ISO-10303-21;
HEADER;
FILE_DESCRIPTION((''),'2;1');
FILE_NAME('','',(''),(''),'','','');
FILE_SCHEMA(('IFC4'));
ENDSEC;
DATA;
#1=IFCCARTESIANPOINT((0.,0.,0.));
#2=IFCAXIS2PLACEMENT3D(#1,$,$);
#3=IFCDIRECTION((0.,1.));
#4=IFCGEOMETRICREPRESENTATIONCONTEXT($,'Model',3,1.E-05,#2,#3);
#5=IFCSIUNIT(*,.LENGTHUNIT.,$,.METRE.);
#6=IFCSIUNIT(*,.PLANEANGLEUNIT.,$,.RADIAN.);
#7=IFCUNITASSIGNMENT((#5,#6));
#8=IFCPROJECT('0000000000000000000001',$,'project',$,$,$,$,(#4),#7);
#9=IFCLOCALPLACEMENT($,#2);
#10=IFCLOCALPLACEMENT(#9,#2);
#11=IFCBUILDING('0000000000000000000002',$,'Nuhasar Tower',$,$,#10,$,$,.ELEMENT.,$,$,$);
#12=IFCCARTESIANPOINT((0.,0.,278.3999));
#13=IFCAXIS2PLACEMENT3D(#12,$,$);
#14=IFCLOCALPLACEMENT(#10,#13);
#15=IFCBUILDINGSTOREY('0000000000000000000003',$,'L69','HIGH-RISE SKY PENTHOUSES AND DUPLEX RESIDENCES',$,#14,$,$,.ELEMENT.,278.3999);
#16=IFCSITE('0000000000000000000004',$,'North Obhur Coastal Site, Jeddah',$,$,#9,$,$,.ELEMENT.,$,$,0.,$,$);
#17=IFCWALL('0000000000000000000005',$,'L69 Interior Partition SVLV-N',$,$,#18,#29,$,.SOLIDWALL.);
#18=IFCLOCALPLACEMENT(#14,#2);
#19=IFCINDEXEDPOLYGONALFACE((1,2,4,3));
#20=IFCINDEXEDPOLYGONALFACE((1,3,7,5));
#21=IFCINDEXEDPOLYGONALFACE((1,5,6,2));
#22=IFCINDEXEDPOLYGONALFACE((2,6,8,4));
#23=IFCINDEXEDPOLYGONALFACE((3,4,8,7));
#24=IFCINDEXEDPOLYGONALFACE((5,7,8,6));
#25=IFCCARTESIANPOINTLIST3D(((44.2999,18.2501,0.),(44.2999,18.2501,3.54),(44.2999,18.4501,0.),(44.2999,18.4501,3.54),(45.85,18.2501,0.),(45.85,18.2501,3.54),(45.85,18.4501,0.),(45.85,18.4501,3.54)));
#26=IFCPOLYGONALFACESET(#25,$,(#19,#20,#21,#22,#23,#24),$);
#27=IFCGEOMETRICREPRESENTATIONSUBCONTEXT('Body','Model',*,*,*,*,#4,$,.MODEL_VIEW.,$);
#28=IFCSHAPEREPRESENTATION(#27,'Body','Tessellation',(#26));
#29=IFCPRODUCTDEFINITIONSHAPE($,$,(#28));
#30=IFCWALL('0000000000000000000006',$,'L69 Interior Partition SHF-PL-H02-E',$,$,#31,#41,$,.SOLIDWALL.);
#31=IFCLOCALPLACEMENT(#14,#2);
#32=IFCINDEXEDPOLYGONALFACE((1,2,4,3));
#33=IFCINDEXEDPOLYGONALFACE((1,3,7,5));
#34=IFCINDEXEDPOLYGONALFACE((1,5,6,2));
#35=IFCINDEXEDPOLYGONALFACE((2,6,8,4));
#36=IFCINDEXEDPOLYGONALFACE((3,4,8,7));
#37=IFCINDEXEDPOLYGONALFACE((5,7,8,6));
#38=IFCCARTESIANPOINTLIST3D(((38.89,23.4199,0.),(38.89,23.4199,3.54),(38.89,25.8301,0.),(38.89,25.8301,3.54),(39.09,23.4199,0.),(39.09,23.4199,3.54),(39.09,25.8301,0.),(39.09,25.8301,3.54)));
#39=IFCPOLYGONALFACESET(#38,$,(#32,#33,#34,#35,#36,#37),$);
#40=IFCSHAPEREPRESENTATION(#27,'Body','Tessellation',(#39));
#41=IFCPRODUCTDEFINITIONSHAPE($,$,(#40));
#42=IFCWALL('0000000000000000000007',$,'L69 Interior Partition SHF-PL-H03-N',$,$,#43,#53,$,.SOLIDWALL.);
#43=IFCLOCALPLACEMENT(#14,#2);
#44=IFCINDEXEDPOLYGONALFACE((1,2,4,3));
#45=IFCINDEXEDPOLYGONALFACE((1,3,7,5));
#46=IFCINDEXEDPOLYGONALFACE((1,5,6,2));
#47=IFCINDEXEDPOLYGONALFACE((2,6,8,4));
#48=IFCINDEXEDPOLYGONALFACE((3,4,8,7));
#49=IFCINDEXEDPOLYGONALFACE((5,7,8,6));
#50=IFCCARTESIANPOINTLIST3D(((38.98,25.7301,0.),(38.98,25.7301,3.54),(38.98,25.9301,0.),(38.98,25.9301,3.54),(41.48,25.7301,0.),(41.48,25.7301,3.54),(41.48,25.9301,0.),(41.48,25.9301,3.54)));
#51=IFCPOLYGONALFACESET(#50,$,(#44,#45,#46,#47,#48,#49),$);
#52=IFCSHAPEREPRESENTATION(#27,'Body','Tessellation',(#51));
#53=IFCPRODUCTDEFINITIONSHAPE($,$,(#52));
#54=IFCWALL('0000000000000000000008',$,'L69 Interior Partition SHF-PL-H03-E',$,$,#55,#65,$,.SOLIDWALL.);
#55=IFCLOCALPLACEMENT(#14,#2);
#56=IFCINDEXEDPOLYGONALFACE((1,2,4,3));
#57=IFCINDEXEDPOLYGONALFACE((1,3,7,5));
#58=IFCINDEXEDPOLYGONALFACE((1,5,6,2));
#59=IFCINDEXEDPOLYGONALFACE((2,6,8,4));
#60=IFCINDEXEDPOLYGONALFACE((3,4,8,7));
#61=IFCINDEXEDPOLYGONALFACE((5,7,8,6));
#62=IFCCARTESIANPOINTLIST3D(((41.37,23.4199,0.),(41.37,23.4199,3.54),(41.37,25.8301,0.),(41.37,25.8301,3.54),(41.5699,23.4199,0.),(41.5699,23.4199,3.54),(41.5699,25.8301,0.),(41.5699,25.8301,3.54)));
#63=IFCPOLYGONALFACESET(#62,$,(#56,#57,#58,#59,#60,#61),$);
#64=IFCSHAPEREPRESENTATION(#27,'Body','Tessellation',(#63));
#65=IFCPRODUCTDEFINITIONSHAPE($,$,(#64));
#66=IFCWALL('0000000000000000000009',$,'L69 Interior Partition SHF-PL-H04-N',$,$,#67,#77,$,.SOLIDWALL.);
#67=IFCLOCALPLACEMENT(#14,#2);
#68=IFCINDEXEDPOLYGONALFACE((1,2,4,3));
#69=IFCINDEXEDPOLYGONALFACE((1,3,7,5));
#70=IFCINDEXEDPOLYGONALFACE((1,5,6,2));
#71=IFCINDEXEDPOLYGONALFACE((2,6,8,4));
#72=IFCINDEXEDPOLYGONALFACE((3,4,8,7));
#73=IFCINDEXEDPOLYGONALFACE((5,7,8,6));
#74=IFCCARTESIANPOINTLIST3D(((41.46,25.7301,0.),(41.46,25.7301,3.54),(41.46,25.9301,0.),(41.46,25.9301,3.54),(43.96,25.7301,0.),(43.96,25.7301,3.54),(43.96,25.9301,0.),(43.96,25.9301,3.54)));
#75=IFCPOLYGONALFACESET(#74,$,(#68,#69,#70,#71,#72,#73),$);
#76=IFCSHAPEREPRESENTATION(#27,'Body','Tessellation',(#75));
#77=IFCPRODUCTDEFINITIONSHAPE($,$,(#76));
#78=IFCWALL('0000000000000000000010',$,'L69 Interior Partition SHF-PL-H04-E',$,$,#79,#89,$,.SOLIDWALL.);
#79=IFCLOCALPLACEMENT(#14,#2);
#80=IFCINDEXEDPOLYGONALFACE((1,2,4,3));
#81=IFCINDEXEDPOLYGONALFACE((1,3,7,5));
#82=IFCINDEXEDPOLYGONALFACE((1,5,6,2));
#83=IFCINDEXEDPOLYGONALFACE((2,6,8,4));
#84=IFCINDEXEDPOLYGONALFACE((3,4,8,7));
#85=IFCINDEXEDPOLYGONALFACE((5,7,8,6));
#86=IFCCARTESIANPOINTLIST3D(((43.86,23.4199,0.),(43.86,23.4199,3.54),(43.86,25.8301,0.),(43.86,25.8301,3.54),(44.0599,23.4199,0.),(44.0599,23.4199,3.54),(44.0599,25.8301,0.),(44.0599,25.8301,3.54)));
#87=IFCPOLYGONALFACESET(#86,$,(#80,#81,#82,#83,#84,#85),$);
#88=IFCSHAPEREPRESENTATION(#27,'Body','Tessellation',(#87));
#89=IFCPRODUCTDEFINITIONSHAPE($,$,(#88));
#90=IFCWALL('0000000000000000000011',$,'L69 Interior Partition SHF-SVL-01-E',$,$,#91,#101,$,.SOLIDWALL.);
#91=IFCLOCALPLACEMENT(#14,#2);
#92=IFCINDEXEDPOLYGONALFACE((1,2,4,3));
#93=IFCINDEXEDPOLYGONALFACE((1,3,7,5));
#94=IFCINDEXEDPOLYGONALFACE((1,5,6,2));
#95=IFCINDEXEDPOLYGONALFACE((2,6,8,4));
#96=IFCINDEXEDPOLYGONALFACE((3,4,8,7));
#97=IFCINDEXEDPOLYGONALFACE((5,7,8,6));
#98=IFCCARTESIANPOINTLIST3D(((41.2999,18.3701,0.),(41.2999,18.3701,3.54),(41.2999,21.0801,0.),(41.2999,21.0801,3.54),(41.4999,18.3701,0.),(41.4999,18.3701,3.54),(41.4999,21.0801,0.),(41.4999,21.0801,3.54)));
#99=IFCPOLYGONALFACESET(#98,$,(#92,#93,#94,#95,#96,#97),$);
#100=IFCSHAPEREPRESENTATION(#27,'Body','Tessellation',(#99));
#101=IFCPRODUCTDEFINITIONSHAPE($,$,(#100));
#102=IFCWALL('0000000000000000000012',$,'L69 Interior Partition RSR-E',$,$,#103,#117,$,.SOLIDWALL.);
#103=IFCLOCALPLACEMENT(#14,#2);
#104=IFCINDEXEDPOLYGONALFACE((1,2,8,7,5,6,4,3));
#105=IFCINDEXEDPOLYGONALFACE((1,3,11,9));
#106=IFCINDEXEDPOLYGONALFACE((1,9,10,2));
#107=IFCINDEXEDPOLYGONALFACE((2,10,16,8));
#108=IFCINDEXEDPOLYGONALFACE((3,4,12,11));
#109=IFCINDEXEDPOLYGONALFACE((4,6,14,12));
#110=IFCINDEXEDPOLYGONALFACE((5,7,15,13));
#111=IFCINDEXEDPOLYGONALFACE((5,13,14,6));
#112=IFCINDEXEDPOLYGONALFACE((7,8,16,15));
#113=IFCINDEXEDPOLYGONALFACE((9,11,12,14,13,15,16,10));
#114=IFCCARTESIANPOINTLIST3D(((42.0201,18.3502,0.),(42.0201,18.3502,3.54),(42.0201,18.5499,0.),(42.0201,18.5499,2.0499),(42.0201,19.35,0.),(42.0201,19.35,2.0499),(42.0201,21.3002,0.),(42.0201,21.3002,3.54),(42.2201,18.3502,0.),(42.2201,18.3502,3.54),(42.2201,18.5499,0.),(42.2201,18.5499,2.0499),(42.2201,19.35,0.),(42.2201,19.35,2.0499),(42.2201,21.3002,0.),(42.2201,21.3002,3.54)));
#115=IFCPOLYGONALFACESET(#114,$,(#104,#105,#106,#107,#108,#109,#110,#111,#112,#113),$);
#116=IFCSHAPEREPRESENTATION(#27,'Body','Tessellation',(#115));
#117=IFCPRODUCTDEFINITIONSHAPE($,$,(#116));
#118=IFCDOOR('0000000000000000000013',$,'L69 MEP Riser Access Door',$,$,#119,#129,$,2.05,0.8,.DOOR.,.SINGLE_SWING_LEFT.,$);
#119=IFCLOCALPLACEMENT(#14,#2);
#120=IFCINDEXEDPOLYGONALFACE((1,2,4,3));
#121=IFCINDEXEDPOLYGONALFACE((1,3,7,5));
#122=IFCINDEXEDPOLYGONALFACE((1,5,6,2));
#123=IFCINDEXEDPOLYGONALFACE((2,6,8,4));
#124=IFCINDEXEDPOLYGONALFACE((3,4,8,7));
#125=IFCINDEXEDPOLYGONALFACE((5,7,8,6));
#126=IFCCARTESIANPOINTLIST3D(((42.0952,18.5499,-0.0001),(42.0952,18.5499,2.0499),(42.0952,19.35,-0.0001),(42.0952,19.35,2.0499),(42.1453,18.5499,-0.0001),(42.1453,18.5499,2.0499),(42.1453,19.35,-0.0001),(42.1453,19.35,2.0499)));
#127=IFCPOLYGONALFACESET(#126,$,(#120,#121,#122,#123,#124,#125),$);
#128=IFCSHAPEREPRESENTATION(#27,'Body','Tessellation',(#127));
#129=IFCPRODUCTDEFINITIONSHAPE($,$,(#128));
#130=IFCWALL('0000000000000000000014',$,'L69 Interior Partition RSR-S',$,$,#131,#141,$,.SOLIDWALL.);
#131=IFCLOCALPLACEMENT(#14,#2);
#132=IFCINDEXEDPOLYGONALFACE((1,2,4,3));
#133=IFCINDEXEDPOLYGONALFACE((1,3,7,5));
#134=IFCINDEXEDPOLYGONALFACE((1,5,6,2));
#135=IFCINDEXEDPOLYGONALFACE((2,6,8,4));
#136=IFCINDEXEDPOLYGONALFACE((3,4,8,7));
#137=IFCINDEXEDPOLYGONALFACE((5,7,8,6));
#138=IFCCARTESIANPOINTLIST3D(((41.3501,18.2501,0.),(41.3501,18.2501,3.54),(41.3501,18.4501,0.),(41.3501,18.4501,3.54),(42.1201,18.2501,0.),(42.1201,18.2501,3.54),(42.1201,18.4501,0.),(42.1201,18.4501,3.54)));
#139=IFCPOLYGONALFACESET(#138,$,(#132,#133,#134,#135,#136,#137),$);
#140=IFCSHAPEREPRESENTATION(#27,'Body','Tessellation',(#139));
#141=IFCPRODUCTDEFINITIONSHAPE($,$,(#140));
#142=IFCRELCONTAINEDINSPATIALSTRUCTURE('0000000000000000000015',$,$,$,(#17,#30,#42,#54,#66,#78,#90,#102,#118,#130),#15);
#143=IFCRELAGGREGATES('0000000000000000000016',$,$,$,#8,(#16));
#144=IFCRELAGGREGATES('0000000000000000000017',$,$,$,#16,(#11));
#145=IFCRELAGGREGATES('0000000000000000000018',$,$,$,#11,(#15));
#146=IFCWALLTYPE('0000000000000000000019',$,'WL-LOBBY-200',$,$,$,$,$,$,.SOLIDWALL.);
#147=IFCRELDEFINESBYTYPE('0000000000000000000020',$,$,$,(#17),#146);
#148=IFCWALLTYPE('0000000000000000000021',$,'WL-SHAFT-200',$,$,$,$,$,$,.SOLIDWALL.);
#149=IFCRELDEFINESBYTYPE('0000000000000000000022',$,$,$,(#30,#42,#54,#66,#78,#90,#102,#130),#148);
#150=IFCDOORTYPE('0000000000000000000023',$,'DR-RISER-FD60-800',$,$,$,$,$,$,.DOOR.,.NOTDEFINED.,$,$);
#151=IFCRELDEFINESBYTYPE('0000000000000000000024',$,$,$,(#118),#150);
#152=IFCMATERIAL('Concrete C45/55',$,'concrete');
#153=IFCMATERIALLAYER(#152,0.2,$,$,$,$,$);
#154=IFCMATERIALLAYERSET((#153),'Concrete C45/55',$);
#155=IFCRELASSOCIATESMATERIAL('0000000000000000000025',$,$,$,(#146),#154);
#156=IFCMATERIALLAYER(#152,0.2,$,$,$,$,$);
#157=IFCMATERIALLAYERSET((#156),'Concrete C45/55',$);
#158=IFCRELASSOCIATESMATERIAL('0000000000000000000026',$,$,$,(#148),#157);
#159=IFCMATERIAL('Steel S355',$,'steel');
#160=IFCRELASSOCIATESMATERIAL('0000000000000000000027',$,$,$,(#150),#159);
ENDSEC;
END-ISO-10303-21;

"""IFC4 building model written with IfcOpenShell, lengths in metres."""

from ifc_helpers import new_model, si_unit, direction, frame, frame_2d, origin, place, context, subcontext, project, spatial, rectangle, extrude, material, layer, layer_set, type_object, element, fill, save


model = new_model("IFC4")

# Units and contexts
model_context = context("Model", 3, precision=1e-05, world=origin(), true_north=direction((0.0, 1.0)))
body_context = subcontext(model_context, "Body", "Model", "MODEL_VIEW")
ifc_project = project(units=[si_unit("LENGTHUNIT", "METRE"), si_unit("PLANEANGLEUNIT", "RADIAN")], contexts=[model_context])

# Site, building, storey
site_placement = place(None, origin())
site = spatial("IfcSite", under=ifc_project, at=site_placement, Name="North Obhur Coastal Site, Jeddah", CompositionType="ELEMENT", RefElevation=0.0)
building_placement = place(site_placement, origin())
building = spatial("IfcBuilding", under=site, at=building_placement, Name="Nuhasar Tower", CompositionType="ELEMENT")
storey_placement = place(building_placement, frame((0.0, 0.0, 278.3999)))
storey = spatial("IfcBuildingStorey", under=building, at=storey_placement, Name="L69", Description="HIGH-RISE SKY PENTHOUSES AND DUPLEX RESIDENCES", CompositionType="ELEMENT", Elevation=278.3999)

# Shared definitions
ifc_material_1 = material(Name="Steel S355", Category="steel")

# Shared definitions
ifc_material_2 = material(Name="Concrete C45/55", Category="concrete")
ifc_layer_1 = layer(ifc_material_2, 0.2)
ifc_layer_set_1 = layer_set([ifc_layer_1], Name="Concrete C45/55")
wall_type_1 = type_object("IfcWallType", Name="WL-LOBBY-200", PredefinedType="SOLIDWALL", material=ifc_layer_set_1)

# Walls
wall_1_placement = place(storey_placement, frame((44.3, 18.3501, 0.0), z_axis=(0.0, 0.0, 1.0), x_axis=(1.0, 0.0, 0.0)))
element("IfcWall", 1, at=wall_1_placement, inside=storey, type_object=wall_type_1, Name="L69 Interior Partition SVLV-N", PredefinedType="SOLIDWALL", context=body_context, shape_type="SweptSolid", body=[
    extrude(rectangle(XDim=1.55, YDim=0.2, at=frame_2d((0.7749, 0.0))), origin(), (0.0, 0.0, 1.0), 3.54),
])
ifc_layer_2 = layer(ifc_material_2, 0.2)
ifc_layer_set_2 = layer_set([ifc_layer_2], Name="Concrete C45/55")
wall_type_2 = type_object("IfcWallType", Name="WL-SHAFT-200", PredefinedType="SOLIDWALL", material=ifc_layer_set_2)
wall_2_placement = place(storey_placement, frame((38.99, 23.4199, 0.0), z_axis=(0.0, 0.0, 1.0), x_axis=(0.0, 1.0, 0.0)))
element("IfcWall", 2, at=wall_2_placement, inside=storey, type_object=wall_type_2, Name="L69 Interior Partition SHF-PL-H02-E", PredefinedType="SOLIDWALL", context=body_context, shape_type="SweptSolid", body=[
    extrude(rectangle(XDim=2.4102, YDim=0.2, at=frame_2d((1.2051, 0.0))), origin(), (0.0, 0.0, 1.0), 3.54),
])

# Walls
wall_3_placement = place(storey_placement, frame((38.98, 25.8301, 0.0), z_axis=(0.0, 0.0, 1.0), x_axis=(1.0, 0.0, 0.0)))
element("IfcWall", 3, at=wall_3_placement, inside=storey, type_object=wall_type_2, Name="L69 Interior Partition SHF-PL-H03-N", PredefinedType="SOLIDWALL", context=body_context, shape_type="SweptSolid", body=[
    extrude(rectangle(XDim=2.5, YDim=0.2, at=frame_2d((1.25, 0.0))), origin(), (0.0, 0.0, 1.0), 3.54),
])
wall_4_placement = place(storey_placement, frame((41.47, 23.4199, 0.0), z_axis=(0.0, 0.0, 1.0), x_axis=(0.0, 1.0, 0.0)))
element("IfcWall", 4, at=wall_4_placement, inside=storey, type_object=wall_type_2, Name="L69 Interior Partition SHF-PL-H03-E", PredefinedType="SOLIDWALL", context=body_context, shape_type="SweptSolid", body=[
    extrude(rectangle(XDim=2.4102, YDim=0.2, at=frame_2d((1.2051, 0.0))), origin(), (0.0, 0.0, 1.0), 3.54),
])

# Walls
wall_5_placement = place(storey_placement, frame((41.46, 25.8301, 0.0), z_axis=(0.0, 0.0, 1.0), x_axis=(1.0, 0.0, 0.0)))
element("IfcWall", 5, at=wall_5_placement, inside=storey, type_object=wall_type_2, Name="L69 Interior Partition SHF-PL-H04-N", PredefinedType="SOLIDWALL", context=body_context, shape_type="SweptSolid", body=[
    extrude(rectangle(XDim=2.5, YDim=0.2, at=frame_2d((1.25, 0.0))), origin(), (0.0, 0.0, 1.0), 3.54),
])
wall_6_placement = place(storey_placement, frame((43.96, 23.4199, 0.0), z_axis=(0.0, 0.0, 1.0), x_axis=(0.0, 1.0, 0.0)))
element("IfcWall", 6, at=wall_6_placement, inside=storey, type_object=wall_type_2, Name="L69 Interior Partition SHF-PL-H04-E", PredefinedType="SOLIDWALL", context=body_context, shape_type="SweptSolid", body=[
    extrude(rectangle(XDim=2.4102, YDim=0.2, at=frame_2d((1.2051, 0.0))), origin(), (0.0, 0.0, 1.0), 3.54),
])
wall_7_placement = place(storey_placement, frame((41.3999, 18.3701, 0.0), z_axis=(0.0, 0.0, 1.0), x_axis=(0.0, 1.0, 0.0)))
element("IfcWall", 7, at=wall_7_placement, inside=storey, type_object=wall_type_2, Name="L69 Interior Partition SHF-SVL-01-E", PredefinedType="SOLIDWALL", context=body_context, shape_type="SweptSolid", body=[
    extrude(rectangle(XDim=2.71, YDim=0.2, at=frame_2d((1.355, 0.0))), origin(), (0.0, 0.0, 1.0), 3.54),
])

# Wall, opening, door
wall_8_placement = place(storey_placement, frame((42.1201, 18.3501, 0.0), z_axis=(0.0, 0.0, 1.0), x_axis=(0.0, 1.0, 0.0)))
wall_8 = element("IfcWall", 8, at=wall_8_placement, inside=storey, type_object=wall_type_2, Name="L69 Interior Partition RSR-E", PredefinedType="SOLIDWALL", context=body_context, shape_type="SweptSolid", body=[
    extrude(rectangle(XDim=2.95, YDim=0.2, at=frame_2d((1.4751, 0.0))), origin(), (0.0, 0.0, 1.0), 3.54),
])
opening_1_placement = place(wall_8_placement, frame((0.2, 0.0, 0.0)))
opening_1 = element("IfcOpeningElement", 9, at=opening_1_placement, cuts=wall_8, PredefinedType="OPENING", context=body_context, shape_type="SweptSolid", body=[
    extrude(rectangle(XDim=0.8, YDim=2.05, at=frame_2d((0.3999, 1.0249))), frame((0.0, 0.1099, 0.0), z_axis=(0.0, -1.0, 0.0), x_axis=(1.0, 0.0, 0.0)), (0.0, 0.0, 1.0), 0.22),
])
door_type_1 = type_object("IfcDoorType", Name="DR-RISER-FD60-800", OperationType="NOTDEFINED", PredefinedType="DOOR", material=ifc_material_1)
door_1_placement = place(opening_1_placement, origin())
door_1 = element("IfcDoor", 10, at=door_1_placement, inside=storey, type_object=door_type_1, Name="L69 MEP Riser Access Door", OperationType="SINGLE_SWING_LEFT", OverallHeight=2.05, OverallWidth=0.8, PredefinedType="DOOR", context=body_context, shape_type="SweptSolid", body=[
    extrude(rectangle(XDim=0.8, YDim=2.05, at=frame_2d((0.3999, 1.0249))), frame((0.0, 0.0249, 0.0), z_axis=(0.0, -1.0, 0.0), x_axis=(1.0, 0.0, 0.0)), (0.0, 0.0, 1.0), 0.05),
])
fill(opening_1, door_1)

# Wall
wall_9_placement = place(storey_placement, frame((41.3501, 18.3501, 0.0), z_axis=(0.0, 0.0, 1.0), x_axis=(1.0, 0.0, 0.0)))
element("IfcWall", 11, at=wall_9_placement, inside=storey, type_object=wall_type_2, Name="L69 Interior Partition RSR-S", PredefinedType="SOLIDWALL", context=body_context, shape_type="SweptSolid", body=[
    extrude(rectangle(XDim=0.77, YDim=0.2, at=frame_2d((0.385, 0.0))), origin(), (0.0, 0.0, 1.0), 3.54),
])

save(model, "model.ifc")
